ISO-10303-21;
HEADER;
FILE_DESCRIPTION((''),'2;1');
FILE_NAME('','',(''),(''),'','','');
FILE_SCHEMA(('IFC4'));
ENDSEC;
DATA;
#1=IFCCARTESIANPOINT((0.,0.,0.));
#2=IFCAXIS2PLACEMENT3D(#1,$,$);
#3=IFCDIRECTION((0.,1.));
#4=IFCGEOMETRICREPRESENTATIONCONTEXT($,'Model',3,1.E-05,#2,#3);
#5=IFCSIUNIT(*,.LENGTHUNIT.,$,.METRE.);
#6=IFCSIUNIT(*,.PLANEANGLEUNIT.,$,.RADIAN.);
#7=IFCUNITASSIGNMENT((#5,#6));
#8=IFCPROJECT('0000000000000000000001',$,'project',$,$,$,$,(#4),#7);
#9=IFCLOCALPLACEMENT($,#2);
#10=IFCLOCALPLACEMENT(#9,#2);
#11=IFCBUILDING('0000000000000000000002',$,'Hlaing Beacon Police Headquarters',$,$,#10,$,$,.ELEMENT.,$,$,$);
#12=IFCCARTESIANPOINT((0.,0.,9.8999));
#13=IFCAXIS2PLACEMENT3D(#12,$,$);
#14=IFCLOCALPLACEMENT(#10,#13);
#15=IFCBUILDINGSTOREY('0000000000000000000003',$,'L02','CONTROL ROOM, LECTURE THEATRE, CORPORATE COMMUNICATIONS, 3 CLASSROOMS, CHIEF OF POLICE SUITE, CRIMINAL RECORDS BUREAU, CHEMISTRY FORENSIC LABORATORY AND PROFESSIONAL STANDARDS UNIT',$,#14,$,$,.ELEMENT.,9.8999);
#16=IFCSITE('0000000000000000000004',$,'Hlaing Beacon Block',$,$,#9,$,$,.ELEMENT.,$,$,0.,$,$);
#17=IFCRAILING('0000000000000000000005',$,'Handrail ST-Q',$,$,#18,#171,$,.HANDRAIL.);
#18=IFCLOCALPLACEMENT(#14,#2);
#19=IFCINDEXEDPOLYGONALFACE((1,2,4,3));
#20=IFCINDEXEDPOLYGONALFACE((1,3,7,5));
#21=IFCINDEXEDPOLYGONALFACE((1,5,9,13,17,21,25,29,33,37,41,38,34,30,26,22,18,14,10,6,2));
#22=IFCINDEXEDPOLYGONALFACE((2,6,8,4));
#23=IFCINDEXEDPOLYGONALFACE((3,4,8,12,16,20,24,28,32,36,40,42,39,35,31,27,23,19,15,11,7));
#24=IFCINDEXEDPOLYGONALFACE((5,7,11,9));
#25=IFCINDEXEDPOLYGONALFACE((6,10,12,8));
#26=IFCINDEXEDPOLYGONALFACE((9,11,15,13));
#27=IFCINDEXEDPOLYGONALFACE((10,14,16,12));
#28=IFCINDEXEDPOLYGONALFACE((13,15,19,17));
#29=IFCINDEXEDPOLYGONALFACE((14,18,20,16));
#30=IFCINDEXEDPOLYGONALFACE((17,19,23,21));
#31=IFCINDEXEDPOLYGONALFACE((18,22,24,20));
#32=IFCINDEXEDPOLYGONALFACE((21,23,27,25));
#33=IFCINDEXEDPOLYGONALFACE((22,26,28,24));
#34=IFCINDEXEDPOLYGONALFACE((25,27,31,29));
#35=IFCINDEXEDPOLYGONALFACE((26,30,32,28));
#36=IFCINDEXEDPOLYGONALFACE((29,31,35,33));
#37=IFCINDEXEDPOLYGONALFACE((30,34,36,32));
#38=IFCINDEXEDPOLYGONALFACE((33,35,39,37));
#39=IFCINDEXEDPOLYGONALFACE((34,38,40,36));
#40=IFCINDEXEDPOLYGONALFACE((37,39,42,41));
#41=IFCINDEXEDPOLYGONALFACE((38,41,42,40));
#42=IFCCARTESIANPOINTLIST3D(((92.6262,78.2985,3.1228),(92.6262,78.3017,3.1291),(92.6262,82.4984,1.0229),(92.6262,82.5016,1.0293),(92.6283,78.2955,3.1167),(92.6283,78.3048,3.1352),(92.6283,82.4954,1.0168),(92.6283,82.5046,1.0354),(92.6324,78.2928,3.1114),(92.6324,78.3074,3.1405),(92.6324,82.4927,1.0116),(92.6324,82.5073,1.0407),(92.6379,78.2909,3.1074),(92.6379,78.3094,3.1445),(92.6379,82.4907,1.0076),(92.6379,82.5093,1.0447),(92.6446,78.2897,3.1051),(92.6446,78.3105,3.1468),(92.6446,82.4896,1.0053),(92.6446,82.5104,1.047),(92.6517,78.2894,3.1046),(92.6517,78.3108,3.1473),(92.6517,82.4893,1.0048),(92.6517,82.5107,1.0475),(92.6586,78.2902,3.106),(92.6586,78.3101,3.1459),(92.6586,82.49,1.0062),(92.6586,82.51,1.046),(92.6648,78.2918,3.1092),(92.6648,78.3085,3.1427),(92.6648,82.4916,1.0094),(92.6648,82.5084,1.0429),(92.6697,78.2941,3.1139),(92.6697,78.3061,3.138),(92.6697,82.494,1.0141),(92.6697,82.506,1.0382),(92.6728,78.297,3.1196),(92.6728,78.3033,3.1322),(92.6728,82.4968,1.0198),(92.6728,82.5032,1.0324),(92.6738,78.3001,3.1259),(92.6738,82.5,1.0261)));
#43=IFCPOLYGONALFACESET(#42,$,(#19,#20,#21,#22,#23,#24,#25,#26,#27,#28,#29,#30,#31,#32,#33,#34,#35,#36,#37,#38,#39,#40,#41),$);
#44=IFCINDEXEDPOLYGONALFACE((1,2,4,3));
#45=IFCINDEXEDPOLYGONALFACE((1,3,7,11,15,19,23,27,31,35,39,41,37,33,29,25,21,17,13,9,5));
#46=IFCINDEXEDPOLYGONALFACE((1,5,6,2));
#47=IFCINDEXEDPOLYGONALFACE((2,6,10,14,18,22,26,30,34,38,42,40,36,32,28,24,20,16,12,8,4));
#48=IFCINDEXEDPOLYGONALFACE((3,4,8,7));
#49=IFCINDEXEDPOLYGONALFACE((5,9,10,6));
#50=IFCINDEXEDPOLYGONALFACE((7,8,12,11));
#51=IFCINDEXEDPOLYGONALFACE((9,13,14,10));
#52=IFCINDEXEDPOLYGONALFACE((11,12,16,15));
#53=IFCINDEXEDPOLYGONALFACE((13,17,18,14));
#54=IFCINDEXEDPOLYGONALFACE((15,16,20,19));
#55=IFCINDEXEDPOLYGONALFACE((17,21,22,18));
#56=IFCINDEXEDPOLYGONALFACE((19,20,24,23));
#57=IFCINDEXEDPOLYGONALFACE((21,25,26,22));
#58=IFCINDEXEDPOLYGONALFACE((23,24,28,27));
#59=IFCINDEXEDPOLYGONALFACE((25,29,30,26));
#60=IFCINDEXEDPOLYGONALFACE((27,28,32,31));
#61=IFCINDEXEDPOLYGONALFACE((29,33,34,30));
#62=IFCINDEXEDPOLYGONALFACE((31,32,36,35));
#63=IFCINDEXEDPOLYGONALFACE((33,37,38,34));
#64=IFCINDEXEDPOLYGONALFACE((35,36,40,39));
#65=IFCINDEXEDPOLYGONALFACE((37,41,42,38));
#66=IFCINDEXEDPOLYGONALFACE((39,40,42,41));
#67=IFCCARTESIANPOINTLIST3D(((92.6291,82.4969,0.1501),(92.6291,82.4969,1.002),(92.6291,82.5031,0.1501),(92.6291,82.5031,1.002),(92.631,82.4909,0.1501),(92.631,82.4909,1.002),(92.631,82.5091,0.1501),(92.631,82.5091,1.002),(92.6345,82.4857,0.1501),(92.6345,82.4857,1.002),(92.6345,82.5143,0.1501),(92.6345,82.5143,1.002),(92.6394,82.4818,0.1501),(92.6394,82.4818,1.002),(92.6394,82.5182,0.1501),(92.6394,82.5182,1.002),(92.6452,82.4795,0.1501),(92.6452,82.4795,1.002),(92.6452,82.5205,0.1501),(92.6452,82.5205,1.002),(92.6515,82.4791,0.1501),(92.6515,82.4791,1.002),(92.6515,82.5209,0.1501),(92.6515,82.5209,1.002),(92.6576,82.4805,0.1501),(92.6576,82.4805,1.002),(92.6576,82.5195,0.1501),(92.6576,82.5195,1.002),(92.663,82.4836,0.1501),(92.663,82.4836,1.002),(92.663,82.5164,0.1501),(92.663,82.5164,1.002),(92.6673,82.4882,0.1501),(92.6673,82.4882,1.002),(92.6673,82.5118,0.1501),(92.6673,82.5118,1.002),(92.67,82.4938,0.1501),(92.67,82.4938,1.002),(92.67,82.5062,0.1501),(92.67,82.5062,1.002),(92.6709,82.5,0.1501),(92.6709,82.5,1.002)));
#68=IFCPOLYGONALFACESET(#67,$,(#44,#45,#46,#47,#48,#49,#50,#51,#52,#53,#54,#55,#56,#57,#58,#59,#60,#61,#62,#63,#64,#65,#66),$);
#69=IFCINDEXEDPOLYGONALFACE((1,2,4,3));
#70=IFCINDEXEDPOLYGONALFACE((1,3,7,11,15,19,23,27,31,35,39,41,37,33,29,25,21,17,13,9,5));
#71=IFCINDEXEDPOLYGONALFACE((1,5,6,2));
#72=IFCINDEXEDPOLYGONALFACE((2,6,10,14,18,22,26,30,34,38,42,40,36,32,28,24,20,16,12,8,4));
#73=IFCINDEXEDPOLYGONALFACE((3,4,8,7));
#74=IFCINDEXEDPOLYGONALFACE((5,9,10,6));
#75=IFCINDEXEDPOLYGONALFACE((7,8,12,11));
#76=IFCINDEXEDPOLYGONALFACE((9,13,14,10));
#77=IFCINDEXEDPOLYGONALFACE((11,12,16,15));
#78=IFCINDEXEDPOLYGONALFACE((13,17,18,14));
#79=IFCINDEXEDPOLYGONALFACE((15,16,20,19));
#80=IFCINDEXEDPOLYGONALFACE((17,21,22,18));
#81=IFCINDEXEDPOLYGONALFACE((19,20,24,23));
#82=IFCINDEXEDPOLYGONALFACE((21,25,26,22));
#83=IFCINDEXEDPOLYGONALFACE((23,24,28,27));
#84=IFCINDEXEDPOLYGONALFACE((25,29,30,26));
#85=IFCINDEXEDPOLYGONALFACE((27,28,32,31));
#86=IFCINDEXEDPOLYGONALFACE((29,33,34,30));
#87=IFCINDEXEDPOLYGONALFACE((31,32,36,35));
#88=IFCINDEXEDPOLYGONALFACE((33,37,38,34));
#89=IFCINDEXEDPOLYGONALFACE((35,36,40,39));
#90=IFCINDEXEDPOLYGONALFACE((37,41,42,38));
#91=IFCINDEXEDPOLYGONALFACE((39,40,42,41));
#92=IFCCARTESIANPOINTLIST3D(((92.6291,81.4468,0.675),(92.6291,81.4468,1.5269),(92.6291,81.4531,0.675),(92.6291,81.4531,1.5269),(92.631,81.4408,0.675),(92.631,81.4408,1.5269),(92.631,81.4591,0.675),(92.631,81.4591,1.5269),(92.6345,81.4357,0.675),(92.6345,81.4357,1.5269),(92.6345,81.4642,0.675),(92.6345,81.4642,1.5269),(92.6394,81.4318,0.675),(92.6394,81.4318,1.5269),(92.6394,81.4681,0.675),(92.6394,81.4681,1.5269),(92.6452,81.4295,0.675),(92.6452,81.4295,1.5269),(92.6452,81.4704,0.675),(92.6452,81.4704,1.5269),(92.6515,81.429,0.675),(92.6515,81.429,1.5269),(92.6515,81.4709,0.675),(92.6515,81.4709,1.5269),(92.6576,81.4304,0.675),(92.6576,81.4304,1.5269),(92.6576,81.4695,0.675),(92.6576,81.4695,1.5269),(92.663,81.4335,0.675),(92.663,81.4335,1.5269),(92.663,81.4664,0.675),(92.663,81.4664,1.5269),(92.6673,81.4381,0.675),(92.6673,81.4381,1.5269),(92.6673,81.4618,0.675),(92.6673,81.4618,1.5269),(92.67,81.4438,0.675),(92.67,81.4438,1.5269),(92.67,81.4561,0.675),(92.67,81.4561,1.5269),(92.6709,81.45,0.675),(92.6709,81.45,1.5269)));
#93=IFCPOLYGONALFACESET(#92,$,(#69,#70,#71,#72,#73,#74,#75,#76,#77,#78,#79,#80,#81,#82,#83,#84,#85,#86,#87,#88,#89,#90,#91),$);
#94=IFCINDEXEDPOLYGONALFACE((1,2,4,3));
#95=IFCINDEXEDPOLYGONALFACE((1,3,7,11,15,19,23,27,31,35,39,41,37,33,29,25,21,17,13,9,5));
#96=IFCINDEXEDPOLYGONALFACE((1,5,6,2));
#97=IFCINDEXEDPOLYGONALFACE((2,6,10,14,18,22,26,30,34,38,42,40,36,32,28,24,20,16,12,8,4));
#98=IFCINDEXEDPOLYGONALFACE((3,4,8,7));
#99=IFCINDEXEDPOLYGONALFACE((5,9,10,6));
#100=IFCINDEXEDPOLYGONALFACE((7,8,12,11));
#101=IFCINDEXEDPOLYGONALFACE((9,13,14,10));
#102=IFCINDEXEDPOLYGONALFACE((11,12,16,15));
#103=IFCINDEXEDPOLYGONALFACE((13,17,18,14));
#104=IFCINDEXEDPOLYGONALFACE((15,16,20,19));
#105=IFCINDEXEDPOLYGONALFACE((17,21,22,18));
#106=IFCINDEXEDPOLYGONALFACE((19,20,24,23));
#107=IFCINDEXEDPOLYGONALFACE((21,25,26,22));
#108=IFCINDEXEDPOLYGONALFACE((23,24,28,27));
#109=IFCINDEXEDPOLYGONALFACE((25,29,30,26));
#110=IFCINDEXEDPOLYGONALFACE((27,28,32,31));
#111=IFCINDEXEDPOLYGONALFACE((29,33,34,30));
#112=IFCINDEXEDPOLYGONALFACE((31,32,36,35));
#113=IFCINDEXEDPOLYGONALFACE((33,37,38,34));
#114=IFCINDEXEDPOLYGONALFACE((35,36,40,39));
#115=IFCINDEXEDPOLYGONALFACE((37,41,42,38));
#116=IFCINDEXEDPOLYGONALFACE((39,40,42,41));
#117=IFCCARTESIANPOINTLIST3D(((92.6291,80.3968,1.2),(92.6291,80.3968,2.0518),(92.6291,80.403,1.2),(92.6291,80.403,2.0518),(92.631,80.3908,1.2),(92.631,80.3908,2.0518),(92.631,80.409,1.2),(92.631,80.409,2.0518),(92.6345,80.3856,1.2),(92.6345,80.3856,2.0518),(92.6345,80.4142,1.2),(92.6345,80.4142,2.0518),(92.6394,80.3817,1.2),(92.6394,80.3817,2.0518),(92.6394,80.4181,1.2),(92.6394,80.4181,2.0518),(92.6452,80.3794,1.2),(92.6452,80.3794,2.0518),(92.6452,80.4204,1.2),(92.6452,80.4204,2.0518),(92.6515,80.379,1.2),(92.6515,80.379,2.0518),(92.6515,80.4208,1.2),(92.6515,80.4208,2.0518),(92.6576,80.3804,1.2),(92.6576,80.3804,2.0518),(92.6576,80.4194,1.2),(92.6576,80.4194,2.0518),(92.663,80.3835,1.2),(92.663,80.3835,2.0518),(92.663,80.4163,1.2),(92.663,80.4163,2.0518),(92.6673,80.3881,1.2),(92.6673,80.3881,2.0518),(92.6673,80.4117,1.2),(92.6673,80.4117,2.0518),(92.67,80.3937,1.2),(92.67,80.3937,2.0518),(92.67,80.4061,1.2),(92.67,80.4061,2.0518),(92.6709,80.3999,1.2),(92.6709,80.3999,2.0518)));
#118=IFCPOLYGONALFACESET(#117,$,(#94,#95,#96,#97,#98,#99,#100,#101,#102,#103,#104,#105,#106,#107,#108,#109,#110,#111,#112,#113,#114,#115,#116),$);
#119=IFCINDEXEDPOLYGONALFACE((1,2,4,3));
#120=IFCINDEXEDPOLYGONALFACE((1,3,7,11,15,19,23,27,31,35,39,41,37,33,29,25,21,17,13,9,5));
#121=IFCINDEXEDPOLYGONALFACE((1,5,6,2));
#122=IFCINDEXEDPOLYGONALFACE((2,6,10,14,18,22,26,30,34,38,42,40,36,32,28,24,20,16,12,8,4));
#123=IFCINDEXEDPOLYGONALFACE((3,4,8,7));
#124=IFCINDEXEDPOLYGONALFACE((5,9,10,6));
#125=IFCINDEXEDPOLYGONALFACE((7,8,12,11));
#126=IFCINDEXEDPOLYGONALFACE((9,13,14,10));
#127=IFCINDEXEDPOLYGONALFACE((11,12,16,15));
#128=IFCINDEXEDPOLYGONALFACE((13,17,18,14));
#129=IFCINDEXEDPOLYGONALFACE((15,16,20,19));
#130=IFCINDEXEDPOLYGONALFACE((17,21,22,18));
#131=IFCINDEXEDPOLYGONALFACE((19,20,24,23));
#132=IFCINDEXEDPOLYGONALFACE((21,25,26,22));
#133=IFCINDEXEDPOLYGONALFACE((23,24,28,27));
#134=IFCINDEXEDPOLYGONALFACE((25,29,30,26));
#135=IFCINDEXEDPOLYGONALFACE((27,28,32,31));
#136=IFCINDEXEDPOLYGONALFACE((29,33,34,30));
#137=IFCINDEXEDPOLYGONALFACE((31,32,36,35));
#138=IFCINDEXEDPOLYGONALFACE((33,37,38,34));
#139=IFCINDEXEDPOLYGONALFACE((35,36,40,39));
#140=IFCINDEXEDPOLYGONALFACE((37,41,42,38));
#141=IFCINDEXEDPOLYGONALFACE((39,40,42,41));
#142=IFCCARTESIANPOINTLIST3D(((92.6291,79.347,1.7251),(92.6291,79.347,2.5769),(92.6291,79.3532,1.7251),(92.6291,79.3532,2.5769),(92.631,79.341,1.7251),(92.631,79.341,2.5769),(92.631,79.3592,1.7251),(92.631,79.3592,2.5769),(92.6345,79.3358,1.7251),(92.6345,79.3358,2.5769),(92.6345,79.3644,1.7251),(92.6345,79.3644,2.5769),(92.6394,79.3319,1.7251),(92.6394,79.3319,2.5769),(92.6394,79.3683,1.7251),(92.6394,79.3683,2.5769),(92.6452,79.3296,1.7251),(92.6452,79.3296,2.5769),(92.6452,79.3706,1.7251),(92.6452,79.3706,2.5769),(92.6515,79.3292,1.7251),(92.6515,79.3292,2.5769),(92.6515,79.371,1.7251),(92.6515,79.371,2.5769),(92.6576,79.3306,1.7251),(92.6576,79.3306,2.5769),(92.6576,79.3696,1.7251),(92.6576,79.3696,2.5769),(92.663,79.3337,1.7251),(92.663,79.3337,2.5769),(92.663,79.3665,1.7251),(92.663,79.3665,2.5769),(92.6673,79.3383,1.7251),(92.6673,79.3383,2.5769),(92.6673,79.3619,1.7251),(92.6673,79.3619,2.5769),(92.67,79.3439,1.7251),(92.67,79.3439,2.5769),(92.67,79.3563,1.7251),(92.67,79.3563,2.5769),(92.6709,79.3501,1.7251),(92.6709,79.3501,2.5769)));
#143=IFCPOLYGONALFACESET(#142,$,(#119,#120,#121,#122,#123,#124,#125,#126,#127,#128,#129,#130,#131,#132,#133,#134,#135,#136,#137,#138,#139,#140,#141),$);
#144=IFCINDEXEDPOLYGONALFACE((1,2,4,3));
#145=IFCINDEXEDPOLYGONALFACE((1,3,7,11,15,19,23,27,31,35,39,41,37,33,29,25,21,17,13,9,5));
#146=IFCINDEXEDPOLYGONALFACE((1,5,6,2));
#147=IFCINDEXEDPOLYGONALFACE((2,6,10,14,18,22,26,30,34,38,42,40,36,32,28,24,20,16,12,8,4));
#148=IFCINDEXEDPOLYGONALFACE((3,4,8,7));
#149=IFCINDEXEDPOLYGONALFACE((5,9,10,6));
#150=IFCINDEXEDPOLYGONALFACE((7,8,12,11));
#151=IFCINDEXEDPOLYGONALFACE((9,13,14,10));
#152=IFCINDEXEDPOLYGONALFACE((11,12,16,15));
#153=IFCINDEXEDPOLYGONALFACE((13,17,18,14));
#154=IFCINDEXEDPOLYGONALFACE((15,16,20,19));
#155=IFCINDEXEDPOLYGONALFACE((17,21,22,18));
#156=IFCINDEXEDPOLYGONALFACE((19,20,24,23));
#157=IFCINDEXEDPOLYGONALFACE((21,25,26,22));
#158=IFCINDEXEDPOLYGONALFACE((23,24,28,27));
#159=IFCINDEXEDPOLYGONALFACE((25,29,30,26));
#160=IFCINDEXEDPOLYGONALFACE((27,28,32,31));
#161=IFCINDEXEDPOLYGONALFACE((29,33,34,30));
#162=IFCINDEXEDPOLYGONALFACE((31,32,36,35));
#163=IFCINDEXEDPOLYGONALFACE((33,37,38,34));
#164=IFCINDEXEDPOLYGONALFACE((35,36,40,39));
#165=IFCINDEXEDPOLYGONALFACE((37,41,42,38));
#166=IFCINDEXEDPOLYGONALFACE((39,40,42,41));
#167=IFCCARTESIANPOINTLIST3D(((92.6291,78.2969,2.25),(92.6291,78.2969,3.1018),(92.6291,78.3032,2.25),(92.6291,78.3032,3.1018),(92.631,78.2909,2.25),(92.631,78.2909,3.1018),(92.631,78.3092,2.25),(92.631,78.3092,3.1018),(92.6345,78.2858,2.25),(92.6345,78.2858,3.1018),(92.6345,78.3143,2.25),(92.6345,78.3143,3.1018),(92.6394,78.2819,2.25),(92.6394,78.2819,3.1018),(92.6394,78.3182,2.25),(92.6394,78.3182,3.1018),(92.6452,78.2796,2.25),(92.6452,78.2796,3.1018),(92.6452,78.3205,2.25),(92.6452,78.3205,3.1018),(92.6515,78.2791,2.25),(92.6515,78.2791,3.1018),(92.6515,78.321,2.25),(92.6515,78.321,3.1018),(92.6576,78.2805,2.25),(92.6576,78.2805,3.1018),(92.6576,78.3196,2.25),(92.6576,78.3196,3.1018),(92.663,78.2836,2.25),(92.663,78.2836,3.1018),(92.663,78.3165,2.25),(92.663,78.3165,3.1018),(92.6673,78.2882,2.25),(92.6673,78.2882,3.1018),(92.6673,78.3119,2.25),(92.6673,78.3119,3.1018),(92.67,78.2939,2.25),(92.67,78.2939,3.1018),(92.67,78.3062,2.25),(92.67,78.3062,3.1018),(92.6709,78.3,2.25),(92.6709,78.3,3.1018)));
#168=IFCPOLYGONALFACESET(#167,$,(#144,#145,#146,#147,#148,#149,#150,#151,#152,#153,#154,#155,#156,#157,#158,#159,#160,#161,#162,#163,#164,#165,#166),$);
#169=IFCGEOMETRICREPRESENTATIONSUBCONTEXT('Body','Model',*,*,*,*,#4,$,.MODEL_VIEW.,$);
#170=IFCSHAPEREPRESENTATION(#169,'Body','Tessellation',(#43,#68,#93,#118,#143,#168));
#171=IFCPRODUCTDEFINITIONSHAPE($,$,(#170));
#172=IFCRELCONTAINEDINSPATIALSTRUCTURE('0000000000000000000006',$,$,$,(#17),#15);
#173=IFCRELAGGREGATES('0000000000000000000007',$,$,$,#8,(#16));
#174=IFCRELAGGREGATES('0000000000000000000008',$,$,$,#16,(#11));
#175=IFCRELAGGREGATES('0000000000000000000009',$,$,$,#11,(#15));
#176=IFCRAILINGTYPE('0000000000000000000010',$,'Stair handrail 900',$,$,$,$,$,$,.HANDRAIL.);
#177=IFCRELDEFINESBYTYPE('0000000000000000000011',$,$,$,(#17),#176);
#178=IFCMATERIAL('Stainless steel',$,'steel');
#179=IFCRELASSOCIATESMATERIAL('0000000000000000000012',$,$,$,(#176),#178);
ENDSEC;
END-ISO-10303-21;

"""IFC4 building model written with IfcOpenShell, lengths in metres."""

from ifc_helpers import new_model, si_unit, direction, frame, origin, origin_2d, place, context, subcontext, project, spatial, circle, extrude, material, type_object, element, save


model = new_model("IFC4")

# Units and contexts
model_context = context("Model", 3, precision=1e-05, world=origin(), true_north=direction((0.0, 1.0)))
body_context = subcontext(model_context, "Body", "Model", "MODEL_VIEW")
ifc_project = project(units=[si_unit("LENGTHUNIT", "METRE"), si_unit("PLANEANGLEUNIT", "RADIAN")], contexts=[model_context])

# Site, building, storey
site_placement = place(None, origin())
site = spatial("IfcSite", under=ifc_project, at=site_placement, Name="Hlaing Beacon Block", CompositionType="ELEMENT", RefElevation=0.0)
building_placement = place(site_placement, origin())
building = spatial("IfcBuilding", under=site, at=building_placement, Name="Hlaing Beacon Police Headquarters", CompositionType="ELEMENT")
storey_placement = place(building_placement, frame((0.0, 0.0, 9.8999)))
storey = spatial("IfcBuildingStorey", under=building, at=storey_placement, Name="L02", Description="CONTROL ROOM, LECTURE THEATRE, CORPORATE COMMUNICATIONS, 3 CLASSROOMS, CHIEF OF POLICE SUITE, CRIMINAL RECORDS BUREAU, CHEMISTRY FORENSIC LABORATORY AND PROFESSIONAL STANDARDS UNIT", CompositionType="ELEMENT", Elevation=9.8999)

# Railing
ifc_material_1 = material(Name="Stainless steel", Category="steel")
railing_type_1 = type_object("IfcRailingType", Name="Stair handrail 900", PredefinedType="HANDRAIL", material=ifc_material_1)
for number, where, name in (
    (1, (92.6499, 82.5, 0.1501), "Handrail ST-Q"),
):
    element("IfcRailing", number, at=place(storey_placement, frame(where)), inside=storey, type_object=railing_type_1, Name=name, PredefinedType="HANDRAIL", context=body_context, shape_type="SweptSolid", body=[
        extrude(circle(Radius=0.0239, at=origin_2d()), frame((0.0, 0.0, 0.876), z_axis=(0.0, -0.894438, 0.447193), x_axis=(1.0, 0.0, 0.0)), (0.0, 0.0, 1.0), 4.6956),
        extrude(circle(Radius=0.021, at=origin_2d()), origin(), (0.0, 0.0, 1.0), 0.8518),
        extrude(circle(Radius=0.021, at=origin_2d()), frame((0.0, -1.05, 0.5249)), (0.0, 0.0, 1.0), 0.8518),
        extrude(circle(Radius=0.021, at=origin_2d()), frame((0.0, -2.1001, 1.0498)), (0.0, 0.0, 1.0), 0.8518),
        extrude(circle(Radius=0.021, at=origin_2d()), frame((0.0, -3.1499, 1.575)), (0.0, 0.0, 1.0), 0.8518),
        extrude(circle(Radius=0.021, at=origin_2d()), frame((0.0, -4.2, 2.0999)), (0.0, 0.0, 1.0), 0.8518),
    ])

save(model, "model.ifc")
